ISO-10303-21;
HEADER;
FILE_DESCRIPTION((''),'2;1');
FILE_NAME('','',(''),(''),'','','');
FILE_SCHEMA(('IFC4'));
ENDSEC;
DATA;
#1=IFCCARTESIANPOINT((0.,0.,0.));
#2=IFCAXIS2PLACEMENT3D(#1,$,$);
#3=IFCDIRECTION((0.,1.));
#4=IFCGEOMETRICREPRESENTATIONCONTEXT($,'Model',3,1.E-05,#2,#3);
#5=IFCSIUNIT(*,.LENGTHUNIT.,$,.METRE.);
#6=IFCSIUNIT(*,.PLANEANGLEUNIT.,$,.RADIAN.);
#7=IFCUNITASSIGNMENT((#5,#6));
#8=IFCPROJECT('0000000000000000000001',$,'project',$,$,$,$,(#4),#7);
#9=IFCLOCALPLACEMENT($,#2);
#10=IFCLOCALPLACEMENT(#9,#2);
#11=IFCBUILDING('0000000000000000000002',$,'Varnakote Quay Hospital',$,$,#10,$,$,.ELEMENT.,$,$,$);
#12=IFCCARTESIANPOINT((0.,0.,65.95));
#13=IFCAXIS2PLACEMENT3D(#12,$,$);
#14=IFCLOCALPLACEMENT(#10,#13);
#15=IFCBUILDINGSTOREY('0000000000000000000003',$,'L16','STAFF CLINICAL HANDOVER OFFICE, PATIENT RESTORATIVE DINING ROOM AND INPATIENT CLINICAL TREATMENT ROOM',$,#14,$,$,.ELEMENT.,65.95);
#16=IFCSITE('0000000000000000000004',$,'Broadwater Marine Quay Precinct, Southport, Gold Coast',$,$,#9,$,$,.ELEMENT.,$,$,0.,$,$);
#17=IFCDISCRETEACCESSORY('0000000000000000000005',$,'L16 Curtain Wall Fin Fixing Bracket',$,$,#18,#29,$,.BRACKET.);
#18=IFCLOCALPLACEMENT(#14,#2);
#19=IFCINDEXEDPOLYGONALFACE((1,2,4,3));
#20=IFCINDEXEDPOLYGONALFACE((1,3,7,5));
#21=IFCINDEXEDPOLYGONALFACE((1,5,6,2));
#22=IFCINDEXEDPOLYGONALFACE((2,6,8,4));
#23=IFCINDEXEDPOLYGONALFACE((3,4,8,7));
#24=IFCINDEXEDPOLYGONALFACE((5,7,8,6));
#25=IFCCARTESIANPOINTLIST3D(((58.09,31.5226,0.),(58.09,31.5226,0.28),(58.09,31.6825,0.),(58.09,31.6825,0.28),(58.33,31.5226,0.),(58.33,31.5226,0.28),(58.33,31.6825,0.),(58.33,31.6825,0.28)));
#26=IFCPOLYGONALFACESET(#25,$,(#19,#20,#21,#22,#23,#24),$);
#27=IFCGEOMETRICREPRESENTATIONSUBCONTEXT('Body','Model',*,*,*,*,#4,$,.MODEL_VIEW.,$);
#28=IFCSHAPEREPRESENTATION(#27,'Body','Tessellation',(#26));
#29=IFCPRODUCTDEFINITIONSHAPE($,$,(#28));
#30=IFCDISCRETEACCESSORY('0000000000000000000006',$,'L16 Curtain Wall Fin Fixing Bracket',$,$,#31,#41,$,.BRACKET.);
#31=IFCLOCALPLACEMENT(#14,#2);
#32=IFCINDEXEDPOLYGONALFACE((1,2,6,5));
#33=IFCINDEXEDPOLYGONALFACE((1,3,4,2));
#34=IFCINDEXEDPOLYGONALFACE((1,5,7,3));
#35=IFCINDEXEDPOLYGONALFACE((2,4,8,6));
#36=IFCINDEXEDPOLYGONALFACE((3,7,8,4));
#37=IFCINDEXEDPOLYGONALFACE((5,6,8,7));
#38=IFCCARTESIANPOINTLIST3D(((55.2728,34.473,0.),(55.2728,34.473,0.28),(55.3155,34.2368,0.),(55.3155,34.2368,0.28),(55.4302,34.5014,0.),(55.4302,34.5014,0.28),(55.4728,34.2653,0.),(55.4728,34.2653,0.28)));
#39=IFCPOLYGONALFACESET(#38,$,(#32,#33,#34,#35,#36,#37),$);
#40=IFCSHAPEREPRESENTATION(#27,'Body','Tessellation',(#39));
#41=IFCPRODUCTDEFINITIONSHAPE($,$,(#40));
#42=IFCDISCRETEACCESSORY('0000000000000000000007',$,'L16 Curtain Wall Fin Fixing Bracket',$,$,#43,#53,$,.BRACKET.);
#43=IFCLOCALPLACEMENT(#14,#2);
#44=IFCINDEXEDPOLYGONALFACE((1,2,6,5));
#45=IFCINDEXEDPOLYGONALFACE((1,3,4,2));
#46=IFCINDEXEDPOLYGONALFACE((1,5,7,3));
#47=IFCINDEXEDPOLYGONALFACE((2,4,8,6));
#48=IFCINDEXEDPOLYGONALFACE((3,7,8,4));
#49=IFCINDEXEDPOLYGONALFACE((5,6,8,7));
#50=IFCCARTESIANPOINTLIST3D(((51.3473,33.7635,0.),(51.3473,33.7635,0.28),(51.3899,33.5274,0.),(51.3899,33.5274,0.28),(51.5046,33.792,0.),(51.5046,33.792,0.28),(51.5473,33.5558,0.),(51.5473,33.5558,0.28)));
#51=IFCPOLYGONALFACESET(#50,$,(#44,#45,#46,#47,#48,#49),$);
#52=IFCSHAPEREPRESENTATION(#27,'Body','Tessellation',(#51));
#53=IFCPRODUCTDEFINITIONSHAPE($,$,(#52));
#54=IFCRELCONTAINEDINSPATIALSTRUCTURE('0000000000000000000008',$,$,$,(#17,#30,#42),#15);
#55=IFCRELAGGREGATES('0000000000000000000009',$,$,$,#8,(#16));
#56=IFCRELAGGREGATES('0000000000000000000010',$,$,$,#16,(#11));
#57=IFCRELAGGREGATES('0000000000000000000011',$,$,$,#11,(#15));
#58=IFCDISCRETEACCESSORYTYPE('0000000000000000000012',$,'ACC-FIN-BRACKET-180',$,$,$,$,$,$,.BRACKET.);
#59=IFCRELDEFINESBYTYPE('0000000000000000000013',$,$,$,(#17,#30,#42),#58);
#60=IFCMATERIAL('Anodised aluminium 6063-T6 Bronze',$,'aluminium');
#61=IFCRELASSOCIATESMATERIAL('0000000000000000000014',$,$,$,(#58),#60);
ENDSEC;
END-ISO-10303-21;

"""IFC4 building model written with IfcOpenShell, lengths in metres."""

from ifc_helpers import new_model, si_unit, direction, frame, origin, origin_2d, place, context, subcontext, project, spatial, rectangle, extrude, material, type_object, element, save


model = new_model("IFC4")

# Units and contexts
model_context = context("Model", 3, precision=1e-05, world=origin(), true_north=direction((0.0, 1.0)))
body_context = subcontext(model_context, "Body", "Model", "MODEL_VIEW")
ifc_project = project(units=[si_unit("LENGTHUNIT", "METRE"), si_unit("PLANEANGLEUNIT", "RADIAN")], contexts=[model_context])

# Site, building, storey
site_placement = place(None, origin())
site = spatial("IfcSite", under=ifc_project, at=site_placement, Name="Broadwater Marine Quay Precinct, Southport, Gold Coast", CompositionType="ELEMENT", RefElevation=0.0)
building_placement = place(site_placement, origin())
building = spatial("IfcBuilding", under=site, at=building_placement, Name="Varnakote Quay Hospital", CompositionType="ELEMENT")
storey_placement = place(building_placement, frame((0.0, 0.0, 65.95)))
storey = spatial("IfcBuildingStorey", under=building, at=storey_placement, Name="L16", Description="STAFF CLINICAL HANDOVER OFFICE, PATIENT RESTORATIVE DINING ROOM AND INPATIENT CLINICAL TREATMENT ROOM", CompositionType="ELEMENT", Elevation=65.95)

# Discrete accessories
ifc_material_1 = material(Name="Anodised aluminium 6063-T6 Bronze", Category="aluminium")
discrete_accessory_type = type_object("IfcDiscreteAccessoryType", Name="ACC-FIN-BRACKET-180", PredefinedType="BRACKET", material=ifc_material_1)
for number, where, z_axis, x_axis, name in (
    (1, (58.21, 31.6025, 0.0), (0.0, 0.0, 1.0), (0.0, 1.0, 0.0), "L16 Curtain Wall Fin Fixing Bracket"),
    (2, (55.3728, 34.3691, 0.0), (0.0, 0.0, 1.0), (-0.984072, -0.177772, 0.0), "L16 Curtain Wall Fin Fixing Bracket"),
    (3, (51.4473, 33.6597, 0.0), (0.0, 0.0, 1.0), (-0.984072, -0.177772, 0.0), "L16 Curtain Wall Fin Fixing Bracket"),
):
    element("IfcDiscreteAccessory", number, at=place(storey_placement, frame(where, z_axis=z_axis, x_axis=x_axis)), inside=storey, type_object=discrete_accessory_type, Name=name, PredefinedType="BRACKET", context=body_context, shape_type="SweptSolid", body=[
        extrude(rectangle(XDim=0.1599, YDim=0.24, at=origin_2d()), origin(), (0.0, 0.0, 1.0), 0.28),
    ])

save(model, "model.ifc")
